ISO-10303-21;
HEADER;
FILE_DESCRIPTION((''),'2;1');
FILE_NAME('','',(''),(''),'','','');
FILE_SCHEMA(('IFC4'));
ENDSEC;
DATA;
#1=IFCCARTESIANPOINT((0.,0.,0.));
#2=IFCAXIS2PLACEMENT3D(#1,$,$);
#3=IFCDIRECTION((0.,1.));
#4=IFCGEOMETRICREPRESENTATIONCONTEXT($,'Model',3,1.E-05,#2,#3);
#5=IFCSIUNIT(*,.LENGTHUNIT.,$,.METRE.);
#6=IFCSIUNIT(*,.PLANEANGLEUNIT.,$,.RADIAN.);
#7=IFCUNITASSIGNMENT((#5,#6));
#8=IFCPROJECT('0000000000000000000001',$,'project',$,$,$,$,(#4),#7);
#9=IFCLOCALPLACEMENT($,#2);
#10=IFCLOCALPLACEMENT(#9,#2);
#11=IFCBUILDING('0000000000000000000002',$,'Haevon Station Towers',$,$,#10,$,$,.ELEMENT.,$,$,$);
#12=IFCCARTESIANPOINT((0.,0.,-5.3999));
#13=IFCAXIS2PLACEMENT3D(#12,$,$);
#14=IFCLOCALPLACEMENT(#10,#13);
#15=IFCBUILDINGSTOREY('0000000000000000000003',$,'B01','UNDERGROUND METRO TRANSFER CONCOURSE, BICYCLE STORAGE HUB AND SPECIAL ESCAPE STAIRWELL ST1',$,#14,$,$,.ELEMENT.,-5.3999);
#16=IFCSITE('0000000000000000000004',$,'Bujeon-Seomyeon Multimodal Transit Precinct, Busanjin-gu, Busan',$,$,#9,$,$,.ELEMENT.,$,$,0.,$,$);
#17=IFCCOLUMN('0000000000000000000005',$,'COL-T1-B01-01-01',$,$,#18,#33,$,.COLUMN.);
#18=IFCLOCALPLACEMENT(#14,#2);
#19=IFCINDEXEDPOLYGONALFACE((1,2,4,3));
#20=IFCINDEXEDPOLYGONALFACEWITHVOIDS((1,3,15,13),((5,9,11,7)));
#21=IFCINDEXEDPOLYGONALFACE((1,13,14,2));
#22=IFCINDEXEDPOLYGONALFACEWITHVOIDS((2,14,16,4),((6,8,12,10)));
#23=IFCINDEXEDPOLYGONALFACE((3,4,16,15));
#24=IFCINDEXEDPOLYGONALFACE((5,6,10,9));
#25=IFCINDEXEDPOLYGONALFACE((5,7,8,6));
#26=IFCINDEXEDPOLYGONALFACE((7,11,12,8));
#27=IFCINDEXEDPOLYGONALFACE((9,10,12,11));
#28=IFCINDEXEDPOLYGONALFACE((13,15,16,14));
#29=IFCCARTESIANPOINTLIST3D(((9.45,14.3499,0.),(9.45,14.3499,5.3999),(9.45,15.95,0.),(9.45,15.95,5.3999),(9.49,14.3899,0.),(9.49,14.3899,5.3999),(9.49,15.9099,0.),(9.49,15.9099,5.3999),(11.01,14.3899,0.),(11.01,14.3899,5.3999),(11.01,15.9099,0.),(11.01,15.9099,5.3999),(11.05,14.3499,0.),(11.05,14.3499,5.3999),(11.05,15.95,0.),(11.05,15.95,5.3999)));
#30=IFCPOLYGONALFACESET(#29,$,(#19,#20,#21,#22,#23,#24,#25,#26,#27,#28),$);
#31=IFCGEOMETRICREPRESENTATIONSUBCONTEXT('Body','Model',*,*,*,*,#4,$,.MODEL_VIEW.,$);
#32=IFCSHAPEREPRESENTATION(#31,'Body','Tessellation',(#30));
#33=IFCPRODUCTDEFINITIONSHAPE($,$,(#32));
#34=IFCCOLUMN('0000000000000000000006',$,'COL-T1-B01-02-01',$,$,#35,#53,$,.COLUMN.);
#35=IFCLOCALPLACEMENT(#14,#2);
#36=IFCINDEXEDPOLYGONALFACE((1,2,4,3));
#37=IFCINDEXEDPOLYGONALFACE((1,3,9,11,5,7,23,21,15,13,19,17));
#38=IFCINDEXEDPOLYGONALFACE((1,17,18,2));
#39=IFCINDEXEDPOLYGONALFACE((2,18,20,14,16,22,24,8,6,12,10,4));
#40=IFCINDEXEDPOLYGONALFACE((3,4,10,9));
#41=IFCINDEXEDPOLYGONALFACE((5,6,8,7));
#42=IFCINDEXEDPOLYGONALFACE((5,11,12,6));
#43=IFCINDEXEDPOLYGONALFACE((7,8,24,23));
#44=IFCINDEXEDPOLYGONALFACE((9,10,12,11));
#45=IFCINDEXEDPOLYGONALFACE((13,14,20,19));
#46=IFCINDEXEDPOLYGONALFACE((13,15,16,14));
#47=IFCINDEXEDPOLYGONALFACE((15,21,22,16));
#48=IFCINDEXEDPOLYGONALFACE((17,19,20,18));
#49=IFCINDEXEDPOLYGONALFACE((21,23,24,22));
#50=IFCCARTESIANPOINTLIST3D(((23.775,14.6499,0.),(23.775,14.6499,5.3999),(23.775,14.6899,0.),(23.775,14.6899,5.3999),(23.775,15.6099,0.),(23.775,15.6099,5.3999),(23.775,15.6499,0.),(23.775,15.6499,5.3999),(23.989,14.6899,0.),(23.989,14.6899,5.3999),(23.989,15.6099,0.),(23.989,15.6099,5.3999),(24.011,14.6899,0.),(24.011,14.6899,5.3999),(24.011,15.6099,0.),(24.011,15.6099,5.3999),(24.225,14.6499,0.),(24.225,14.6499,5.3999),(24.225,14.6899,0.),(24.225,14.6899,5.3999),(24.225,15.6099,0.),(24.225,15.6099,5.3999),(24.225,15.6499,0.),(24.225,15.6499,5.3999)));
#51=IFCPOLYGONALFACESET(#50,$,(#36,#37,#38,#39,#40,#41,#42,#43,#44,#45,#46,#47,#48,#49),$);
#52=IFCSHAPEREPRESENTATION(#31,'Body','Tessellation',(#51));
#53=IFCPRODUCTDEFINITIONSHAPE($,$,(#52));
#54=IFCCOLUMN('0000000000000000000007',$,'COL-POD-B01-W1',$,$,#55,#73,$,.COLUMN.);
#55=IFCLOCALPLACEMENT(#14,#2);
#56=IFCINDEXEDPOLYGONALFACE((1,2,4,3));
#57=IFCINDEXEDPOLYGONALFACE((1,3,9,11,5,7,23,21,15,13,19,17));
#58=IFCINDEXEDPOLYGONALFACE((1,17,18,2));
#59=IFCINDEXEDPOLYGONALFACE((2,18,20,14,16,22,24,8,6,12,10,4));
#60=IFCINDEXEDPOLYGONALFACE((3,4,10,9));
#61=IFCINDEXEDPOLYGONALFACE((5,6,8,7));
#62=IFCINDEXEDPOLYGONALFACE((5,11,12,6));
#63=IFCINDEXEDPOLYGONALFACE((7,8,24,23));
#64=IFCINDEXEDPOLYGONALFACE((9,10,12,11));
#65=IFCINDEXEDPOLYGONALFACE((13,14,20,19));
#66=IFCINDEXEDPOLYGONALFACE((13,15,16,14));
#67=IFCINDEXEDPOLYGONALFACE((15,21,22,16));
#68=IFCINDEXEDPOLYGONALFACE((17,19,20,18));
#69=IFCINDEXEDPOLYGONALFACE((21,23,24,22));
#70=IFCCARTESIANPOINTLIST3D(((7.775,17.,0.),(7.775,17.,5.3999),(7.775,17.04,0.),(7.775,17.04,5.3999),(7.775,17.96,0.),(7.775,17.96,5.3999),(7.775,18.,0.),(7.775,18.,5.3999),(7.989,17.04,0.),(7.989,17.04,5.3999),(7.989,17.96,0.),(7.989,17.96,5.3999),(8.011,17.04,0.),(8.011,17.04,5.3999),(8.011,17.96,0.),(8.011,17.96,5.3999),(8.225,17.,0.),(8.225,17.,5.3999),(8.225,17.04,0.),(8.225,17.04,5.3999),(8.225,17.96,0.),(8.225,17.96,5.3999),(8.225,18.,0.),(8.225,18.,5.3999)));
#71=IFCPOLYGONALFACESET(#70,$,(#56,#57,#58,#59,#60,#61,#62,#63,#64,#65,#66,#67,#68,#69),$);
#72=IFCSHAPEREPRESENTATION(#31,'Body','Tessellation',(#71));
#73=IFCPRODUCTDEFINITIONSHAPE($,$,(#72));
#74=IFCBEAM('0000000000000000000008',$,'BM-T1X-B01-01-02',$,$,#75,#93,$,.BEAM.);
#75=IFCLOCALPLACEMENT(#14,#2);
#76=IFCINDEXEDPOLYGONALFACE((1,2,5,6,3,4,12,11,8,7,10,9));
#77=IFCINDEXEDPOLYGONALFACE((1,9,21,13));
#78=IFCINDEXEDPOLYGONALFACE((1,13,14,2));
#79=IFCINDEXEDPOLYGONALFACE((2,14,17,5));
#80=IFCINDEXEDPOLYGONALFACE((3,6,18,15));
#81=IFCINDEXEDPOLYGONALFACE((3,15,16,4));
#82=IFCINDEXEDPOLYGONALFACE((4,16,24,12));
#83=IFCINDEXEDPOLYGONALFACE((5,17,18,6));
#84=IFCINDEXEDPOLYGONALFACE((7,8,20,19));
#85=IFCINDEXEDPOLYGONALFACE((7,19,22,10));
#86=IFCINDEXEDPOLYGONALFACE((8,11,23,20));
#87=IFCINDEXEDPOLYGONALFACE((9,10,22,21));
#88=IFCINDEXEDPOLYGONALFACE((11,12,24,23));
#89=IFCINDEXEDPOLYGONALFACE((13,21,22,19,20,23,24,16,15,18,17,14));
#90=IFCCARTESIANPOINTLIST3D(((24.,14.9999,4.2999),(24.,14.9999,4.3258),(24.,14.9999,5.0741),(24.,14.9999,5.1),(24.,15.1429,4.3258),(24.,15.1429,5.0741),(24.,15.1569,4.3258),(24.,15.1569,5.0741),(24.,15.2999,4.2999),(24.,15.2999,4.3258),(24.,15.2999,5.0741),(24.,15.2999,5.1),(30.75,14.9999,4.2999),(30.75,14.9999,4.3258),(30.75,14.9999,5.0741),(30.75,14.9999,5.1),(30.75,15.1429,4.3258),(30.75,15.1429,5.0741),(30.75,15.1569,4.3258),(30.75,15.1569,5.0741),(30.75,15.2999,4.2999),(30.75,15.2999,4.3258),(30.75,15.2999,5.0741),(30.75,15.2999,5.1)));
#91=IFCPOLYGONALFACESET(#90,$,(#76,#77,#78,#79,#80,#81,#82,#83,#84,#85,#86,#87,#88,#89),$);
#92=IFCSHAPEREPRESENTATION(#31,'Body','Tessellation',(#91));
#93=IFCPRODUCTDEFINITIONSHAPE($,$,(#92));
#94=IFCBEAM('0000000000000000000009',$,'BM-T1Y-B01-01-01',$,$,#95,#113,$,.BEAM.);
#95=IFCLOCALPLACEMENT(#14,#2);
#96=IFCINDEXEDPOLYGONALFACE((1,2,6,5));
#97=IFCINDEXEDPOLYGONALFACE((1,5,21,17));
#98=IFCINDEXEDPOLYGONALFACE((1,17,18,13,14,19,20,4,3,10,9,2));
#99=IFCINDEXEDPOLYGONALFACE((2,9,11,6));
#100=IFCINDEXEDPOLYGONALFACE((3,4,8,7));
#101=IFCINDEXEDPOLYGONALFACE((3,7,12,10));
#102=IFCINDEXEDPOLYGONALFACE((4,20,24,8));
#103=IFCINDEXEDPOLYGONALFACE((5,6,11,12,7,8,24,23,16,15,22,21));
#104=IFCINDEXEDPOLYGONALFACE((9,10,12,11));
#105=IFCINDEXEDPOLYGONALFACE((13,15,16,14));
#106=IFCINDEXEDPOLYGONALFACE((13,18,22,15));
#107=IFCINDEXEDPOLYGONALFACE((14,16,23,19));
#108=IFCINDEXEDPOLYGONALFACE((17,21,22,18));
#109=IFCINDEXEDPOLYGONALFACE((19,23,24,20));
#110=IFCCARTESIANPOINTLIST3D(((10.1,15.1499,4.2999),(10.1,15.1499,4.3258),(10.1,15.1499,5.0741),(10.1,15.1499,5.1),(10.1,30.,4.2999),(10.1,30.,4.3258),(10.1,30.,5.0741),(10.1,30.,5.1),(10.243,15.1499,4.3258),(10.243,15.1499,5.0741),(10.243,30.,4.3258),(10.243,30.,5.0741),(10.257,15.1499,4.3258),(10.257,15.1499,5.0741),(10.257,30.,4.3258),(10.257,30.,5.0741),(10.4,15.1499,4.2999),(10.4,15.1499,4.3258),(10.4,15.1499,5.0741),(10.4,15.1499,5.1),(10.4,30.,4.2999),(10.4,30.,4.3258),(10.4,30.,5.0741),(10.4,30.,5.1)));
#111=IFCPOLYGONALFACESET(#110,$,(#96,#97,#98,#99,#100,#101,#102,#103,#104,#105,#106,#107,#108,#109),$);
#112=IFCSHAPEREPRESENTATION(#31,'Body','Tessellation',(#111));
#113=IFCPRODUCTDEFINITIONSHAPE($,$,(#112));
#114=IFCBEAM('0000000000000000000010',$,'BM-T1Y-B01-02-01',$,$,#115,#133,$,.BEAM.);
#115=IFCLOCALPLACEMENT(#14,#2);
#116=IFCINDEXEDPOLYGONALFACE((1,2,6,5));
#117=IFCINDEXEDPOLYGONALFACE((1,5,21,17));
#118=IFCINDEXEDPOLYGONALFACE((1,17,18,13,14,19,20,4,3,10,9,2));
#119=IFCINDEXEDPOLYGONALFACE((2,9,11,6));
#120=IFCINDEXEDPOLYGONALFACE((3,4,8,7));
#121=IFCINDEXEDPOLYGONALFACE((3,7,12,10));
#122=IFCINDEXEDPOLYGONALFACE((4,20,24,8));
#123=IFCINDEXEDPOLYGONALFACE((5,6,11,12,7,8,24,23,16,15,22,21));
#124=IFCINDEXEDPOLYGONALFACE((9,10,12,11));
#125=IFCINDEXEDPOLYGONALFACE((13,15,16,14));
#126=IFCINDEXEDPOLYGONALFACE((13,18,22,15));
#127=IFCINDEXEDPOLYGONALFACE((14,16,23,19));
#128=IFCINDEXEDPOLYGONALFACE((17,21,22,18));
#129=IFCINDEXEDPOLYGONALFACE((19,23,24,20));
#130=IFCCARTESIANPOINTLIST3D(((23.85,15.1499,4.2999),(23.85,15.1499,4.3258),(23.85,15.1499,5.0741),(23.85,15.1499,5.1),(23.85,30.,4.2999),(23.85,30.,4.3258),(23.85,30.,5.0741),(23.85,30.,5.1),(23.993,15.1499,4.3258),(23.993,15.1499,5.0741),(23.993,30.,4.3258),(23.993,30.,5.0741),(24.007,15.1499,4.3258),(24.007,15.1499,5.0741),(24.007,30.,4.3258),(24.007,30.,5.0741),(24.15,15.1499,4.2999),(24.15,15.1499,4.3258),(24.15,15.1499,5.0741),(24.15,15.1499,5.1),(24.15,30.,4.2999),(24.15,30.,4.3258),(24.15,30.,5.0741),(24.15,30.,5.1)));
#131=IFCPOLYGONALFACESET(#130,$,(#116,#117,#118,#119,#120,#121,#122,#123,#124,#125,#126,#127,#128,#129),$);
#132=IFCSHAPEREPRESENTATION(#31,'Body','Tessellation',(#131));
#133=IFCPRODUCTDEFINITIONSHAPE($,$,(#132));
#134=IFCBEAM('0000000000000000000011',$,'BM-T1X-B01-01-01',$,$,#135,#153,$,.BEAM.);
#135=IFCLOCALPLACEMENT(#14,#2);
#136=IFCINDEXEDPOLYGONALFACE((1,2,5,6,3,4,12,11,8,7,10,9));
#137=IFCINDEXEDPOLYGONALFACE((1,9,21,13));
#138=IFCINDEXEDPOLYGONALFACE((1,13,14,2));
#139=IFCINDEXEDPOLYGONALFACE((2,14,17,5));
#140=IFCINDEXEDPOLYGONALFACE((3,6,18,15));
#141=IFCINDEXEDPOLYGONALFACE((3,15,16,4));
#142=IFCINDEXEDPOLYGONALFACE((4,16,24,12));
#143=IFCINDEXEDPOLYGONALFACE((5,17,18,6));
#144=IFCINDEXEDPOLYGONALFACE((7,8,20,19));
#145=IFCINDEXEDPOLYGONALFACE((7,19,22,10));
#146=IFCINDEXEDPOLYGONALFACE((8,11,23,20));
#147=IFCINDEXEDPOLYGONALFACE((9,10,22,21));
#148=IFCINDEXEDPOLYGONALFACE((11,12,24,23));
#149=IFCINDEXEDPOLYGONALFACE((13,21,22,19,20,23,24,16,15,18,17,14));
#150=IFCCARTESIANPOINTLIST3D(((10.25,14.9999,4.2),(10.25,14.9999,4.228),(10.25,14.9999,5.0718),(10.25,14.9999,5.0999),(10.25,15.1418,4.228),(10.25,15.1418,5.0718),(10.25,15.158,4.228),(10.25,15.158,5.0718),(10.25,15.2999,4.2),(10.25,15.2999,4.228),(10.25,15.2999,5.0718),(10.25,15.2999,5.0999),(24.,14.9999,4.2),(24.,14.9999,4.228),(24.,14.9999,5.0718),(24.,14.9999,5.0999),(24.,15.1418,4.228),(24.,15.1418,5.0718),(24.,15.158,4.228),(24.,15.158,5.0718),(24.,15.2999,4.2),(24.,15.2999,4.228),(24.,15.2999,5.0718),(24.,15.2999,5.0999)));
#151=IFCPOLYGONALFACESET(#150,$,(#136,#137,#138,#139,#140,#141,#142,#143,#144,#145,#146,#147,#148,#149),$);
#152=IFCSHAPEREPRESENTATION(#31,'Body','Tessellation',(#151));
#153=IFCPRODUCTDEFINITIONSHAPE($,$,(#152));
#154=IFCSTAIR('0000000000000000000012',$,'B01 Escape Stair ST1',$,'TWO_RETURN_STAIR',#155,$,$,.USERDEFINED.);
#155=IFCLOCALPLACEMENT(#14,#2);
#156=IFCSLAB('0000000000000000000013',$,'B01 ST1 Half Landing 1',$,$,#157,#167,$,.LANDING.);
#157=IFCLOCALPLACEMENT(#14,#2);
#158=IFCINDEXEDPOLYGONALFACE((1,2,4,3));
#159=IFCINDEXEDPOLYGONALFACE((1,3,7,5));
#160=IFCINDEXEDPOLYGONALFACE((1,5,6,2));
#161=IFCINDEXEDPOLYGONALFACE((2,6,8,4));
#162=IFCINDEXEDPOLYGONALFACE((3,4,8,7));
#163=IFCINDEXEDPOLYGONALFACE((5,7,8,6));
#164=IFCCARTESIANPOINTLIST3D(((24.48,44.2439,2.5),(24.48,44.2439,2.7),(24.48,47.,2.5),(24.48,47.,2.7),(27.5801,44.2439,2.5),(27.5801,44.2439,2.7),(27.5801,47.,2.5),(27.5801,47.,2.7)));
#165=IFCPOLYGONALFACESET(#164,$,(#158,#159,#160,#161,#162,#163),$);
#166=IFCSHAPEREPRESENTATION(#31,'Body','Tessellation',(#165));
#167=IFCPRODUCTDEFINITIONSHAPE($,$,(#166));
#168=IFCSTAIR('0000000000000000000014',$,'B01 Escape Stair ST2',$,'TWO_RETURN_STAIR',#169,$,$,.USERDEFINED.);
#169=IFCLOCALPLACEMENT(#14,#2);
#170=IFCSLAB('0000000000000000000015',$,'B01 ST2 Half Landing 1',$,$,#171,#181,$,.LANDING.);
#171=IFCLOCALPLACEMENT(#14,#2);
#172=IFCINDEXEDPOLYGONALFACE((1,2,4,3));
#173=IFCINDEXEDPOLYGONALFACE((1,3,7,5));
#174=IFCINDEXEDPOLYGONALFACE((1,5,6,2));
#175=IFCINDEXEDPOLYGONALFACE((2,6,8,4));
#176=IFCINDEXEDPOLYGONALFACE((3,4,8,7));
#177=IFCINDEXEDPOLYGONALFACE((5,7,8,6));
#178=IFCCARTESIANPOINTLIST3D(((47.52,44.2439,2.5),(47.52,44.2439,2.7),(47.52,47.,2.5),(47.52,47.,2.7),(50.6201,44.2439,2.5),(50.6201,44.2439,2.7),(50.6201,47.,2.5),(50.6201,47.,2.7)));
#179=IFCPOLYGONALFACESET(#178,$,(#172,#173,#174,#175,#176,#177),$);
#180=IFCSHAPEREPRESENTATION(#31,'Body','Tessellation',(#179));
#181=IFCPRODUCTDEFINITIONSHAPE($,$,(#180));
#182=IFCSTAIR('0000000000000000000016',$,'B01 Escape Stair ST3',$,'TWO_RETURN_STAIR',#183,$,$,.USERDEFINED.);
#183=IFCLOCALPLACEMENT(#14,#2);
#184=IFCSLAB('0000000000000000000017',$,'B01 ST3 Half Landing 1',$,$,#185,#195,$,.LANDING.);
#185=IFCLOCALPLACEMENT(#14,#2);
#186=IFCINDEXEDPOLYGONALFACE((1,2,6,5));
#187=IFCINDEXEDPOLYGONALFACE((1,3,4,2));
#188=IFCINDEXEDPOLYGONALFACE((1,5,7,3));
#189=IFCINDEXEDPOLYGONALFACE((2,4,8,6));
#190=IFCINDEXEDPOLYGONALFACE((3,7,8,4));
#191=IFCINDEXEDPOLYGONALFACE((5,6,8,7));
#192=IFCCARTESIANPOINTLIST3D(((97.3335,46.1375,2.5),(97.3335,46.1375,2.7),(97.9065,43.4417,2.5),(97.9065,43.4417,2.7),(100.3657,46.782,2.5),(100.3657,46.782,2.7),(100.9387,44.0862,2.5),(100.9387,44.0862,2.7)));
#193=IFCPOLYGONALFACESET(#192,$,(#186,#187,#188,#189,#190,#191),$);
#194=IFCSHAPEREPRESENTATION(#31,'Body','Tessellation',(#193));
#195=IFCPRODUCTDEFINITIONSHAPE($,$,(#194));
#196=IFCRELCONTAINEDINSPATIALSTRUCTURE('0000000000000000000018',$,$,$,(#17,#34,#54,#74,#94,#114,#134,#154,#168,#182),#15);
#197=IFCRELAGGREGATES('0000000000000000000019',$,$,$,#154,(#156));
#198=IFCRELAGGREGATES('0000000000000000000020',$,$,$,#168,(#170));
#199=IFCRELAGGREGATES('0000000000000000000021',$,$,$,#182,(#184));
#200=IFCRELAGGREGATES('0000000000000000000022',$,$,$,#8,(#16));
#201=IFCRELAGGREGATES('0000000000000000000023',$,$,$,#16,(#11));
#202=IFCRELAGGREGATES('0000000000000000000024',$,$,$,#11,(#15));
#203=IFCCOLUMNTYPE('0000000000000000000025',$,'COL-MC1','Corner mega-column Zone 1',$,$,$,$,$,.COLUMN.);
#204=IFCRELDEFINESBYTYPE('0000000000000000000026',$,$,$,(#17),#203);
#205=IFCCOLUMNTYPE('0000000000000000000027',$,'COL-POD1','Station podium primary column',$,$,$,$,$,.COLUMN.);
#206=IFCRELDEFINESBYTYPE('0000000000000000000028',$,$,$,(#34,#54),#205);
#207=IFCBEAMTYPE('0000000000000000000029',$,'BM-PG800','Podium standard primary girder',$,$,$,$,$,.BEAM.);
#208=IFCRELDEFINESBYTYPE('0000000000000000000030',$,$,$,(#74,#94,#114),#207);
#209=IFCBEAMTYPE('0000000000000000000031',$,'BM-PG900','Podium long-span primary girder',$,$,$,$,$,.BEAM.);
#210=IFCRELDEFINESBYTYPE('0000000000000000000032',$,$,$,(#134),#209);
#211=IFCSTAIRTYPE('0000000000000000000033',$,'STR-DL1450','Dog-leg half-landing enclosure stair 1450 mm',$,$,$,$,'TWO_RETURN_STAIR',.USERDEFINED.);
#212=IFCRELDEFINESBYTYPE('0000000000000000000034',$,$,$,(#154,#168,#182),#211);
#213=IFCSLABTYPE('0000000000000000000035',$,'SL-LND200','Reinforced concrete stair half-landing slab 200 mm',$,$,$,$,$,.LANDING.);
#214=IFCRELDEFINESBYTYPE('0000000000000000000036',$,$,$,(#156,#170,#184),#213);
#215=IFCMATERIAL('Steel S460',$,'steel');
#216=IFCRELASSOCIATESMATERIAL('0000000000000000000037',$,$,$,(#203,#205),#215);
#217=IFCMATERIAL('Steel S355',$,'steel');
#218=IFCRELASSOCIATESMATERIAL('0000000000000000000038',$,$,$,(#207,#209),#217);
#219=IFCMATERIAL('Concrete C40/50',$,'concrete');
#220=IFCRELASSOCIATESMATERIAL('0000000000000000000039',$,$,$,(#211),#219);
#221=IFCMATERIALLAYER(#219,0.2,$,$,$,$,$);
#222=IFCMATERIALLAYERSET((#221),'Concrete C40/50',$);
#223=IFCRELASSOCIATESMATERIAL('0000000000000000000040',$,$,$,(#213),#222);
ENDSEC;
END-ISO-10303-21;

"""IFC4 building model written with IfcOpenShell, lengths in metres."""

from ifc_helpers import new_model, si_unit, direction, frame, origin, origin_2d, place, context, subcontext, project, spatial, polyline, hollow_rectangle, i_section, outline, extrude, material, layer, layer_set, material_profile, profile_set, type_object, element, aggregate, save


model = new_model("IFC4")

# Units and contexts
model_context = context("Model", 3, precision=1e-05, world=origin(), true_north=direction((0.0, 1.0)))
body_context = subcontext(model_context, "Body", "Model", "MODEL_VIEW")
ifc_project = project(units=[si_unit("LENGTHUNIT", "METRE"), si_unit("PLANEANGLEUNIT", "RADIAN")], contexts=[model_context])

# Site, building, storey
site_placement = place(None, origin())
site = spatial("IfcSite", under=ifc_project, at=site_placement, Name="Bujeon-Seomyeon Multimodal Transit Precinct, Busanjin-gu, Busan", CompositionType="ELEMENT", RefElevation=0.0)
building_placement = place(site_placement, origin())
building = spatial("IfcBuilding", under=site, at=building_placement, Name="Haevon Station Towers", CompositionType="ELEMENT")
storey_placement = place(building_placement, frame((0.0, 0.0, -5.3999)))
storey = spatial("IfcBuildingStorey", under=building, at=storey_placement, Name="B01", Description="UNDERGROUND METRO TRANSFER CONCOURSE, BICYCLE STORAGE HUB AND SPECIAL ESCAPE STAIRWELL ST1", CompositionType="ELEMENT", Elevation=-5.3999)

# Columns
ifc_material_1 = material(Name="Steel S460", Category="steel")
ifc_material_profile_1 = material_profile(ifc_material_1, hollow_rectangle(XDim=1.6001, YDim=1.6001, WallThickness=0.04, at=origin_2d()), Name="BOX-1600x1600x40")
ifc_profile_set_1 = profile_set([ifc_material_profile_1], Name="Steel S460")
column_type_1 = type_object("IfcColumnType", Name="COL-MC1", Description="Corner mega-column Zone 1", PredefinedType="COLUMN", material=ifc_profile_set_1)
column_placement = place(storey_placement, frame((10.25, 15.1499, 0.0), z_axis=(0.0, 0.0, 1.0), x_axis=(1.0, 0.0, 0.0)))
element("IfcColumn", 1, at=column_placement, inside=storey, type_object=column_type_1, Name="COL-T1-B01-01-01", PredefinedType="COLUMN", context=body_context, shape_type="SweptSolid", body=[
    extrude(hollow_rectangle(XDim=1.6001, YDim=1.6001, WallThickness=0.04, at=origin_2d()), origin(), (0.0, 0.0, 1.0), 5.3999),
])
ifc_material_profile_2 = material_profile(ifc_material_1, i_section(OverallWidth=0.45, OverallDepth=1.0, WebThickness=0.022, FlangeThickness=0.04, at=origin_2d()), Name="H-1000x450x22x40")
ifc_profile_set_2 = profile_set([ifc_material_profile_2], Name="Steel S460")
column_type_2 = type_object("IfcColumnType", Name="COL-POD1", Description="Station podium primary column", PredefinedType="COLUMN", material=ifc_profile_set_2)
for number, where, z_axis, x_axis, name in (
    (2, (24.0, 15.1499, 0.0), (0.0, 0.0, 1.0), (1.0, 0.0, 0.0), "COL-T1-B01-02-01"),
    (3, (8.0, 17.5, 0.0), (0.0, 0.0, 1.0), (1.0, 0.0, 0.0), "COL-POD-B01-W1"),
):
    element("IfcColumn", number, at=place(storey_placement, frame(where, z_axis=z_axis, x_axis=x_axis)), inside=storey, type_object=column_type_2, Name=name, PredefinedType="COLUMN", context=body_context, shape_type="SweptSolid", body=[
        extrude(i_section(OverallWidth=0.45, OverallDepth=1.0, WebThickness=0.022, FlangeThickness=0.04, at=origin_2d()), origin(), (0.0, 0.0, 1.0), 5.3999),
    ])

# Beams
ifc_material_2 = material(Name="Steel S355", Category="steel")
ifc_material_profile_3 = material_profile(ifc_material_2, i_section(OverallWidth=0.3, OverallDepth=0.8, WebThickness=0.0139, FlangeThickness=0.0259, at=origin_2d()), Name="H-800x300x14x26")
ifc_profile_set_3 = profile_set([ifc_material_profile_3], Name="Steel S355")
beam_type_1 = type_object("IfcBeamType", Name="BM-PG800", Description="Podium standard primary girder", PredefinedType="BEAM", material=ifc_profile_set_3)
beam_1_placement = place(storey_placement, frame((24.0, 15.1499, 4.7), z_axis=(1.0, 0.0, 0.0), x_axis=(0.0, 1.0, 0.0)))
element("IfcBeam", 4, at=beam_1_placement, inside=storey, type_object=beam_type_1, Name="BM-T1X-B01-01-02", PredefinedType="BEAM", context=body_context, shape_type="SweptSolid", body=[
    extrude(i_section(OverallWidth=0.3, OverallDepth=0.8, WebThickness=0.0139, FlangeThickness=0.0259, at=origin_2d()), origin(), (0.0, 0.0, 1.0), 6.75),
])
for number, where, z_axis, x_axis, name in (
    (5, (10.25, 15.1499, 4.7), (0.0, 1.0, 0.0), (-1.0, 0.0, 0.0), "BM-T1Y-B01-01-01"),
    (6, (24.0, 15.1499, 4.7), (0.0, 1.0, 0.0), (-1.0, 0.0, 0.0), "BM-T1Y-B01-02-01"),
):
    element("IfcBeam", number, at=place(storey_placement, frame(where, z_axis=z_axis, x_axis=x_axis)), inside=storey, type_object=beam_type_1, Name=name, PredefinedType="BEAM", context=body_context, shape_type="SweptSolid", body=[
        extrude(i_section(OverallWidth=0.3, OverallDepth=0.8, WebThickness=0.0139, FlangeThickness=0.0259, at=origin_2d()), origin(), (0.0, 0.0, 1.0), 14.8501),
    ])
ifc_material_profile_4 = material_profile(ifc_material_2, i_section(OverallWidth=0.3, OverallDepth=0.8999, WebThickness=0.0161, FlangeThickness=0.0281, at=origin_2d()), Name="H-900x300x16x28")
ifc_profile_set_4 = profile_set([ifc_material_profile_4], Name="Steel S355")
beam_type_2 = type_object("IfcBeamType", Name="BM-PG900", Description="Podium long-span primary girder", PredefinedType="BEAM", material=ifc_profile_set_4)
beam_2_placement = place(storey_placement, frame((10.25, 15.1499, 4.6499), z_axis=(1.0, 0.0, 0.0), x_axis=(0.0, 1.0, 0.0)))
element("IfcBeam", 7, at=beam_2_placement, inside=storey, type_object=beam_type_2, Name="BM-T1X-B01-01-01", PredefinedType="BEAM", context=body_context, shape_type="SweptSolid", body=[
    extrude(i_section(OverallWidth=0.3, OverallDepth=0.8999, WebThickness=0.0161, FlangeThickness=0.0281, at=origin_2d()), origin(), (0.0, 0.0, 1.0), 13.75),
])

# Stairs, slabs
ifc_material_3 = material(Name="Concrete C40/50", Category="concrete")
stair_type_1 = type_object("IfcStairType", Name="STR-DL1450", Description="Dog-leg half-landing enclosure stair 1450 mm", ElementType="TWO_RETURN_STAIR", PredefinedType="USERDEFINED", material=ifc_material_3)
stair_1_placement = place(storey_placement, origin())
stair_1 = element("IfcStair", 8, at=stair_1_placement, inside=storey, type_object=stair_type_1, Name="B01 Escape Stair ST1", ObjectType="TWO_RETURN_STAIR", PredefinedType="USERDEFINED")
ifc_layer_1 = layer(ifc_material_3, 0.2)
ifc_layer_set_1 = layer_set([ifc_layer_1], Name="Concrete C40/50")
slab_type_1 = type_object("IfcSlabType", Name="SL-LND200", Description="Reinforced concrete stair half-landing slab 200 mm", PredefinedType="LANDING", material=ifc_layer_set_1)
slab_1_placement = place(storey_placement, frame((0.0, 0.0, 2.5)))
slab_1 = element("IfcSlab", 9, at=slab_1_placement, type_object=slab_type_1, Name="B01 ST1 Half Landing 1", PredefinedType="LANDING", context=body_context, shape_type="SweptSolid", body=[
    extrude(outline(polyline([(27.5801, 44.2439), (27.5801, 47.0), (24.48, 47.0), (24.48, 44.2439), (27.5801, 44.2439)])), origin(), (0.0, 0.0, 1.0), 0.2),
])
aggregate(stair_1, [slab_1])
stair_2_placement = place(storey_placement, origin())
stair_2 = element("IfcStair", 10, at=stair_2_placement, inside=storey, type_object=stair_type_1, Name="B01 Escape Stair ST2", ObjectType="TWO_RETURN_STAIR", PredefinedType="USERDEFINED")
slab_2_placement = place(storey_placement, frame((0.0, 0.0, 2.5)))
slab_2 = element("IfcSlab", 11, at=slab_2_placement, type_object=slab_type_1, Name="B01 ST2 Half Landing 1", PredefinedType="LANDING", context=body_context, shape_type="SweptSolid", body=[
    extrude(outline(polyline([(50.6201, 44.2439), (50.6201, 47.0), (47.52, 47.0), (47.52, 44.2439), (50.6201, 44.2439)])), origin(), (0.0, 0.0, 1.0), 0.2),
])
aggregate(stair_2, [slab_2])
stair_3_placement = place(storey_placement, origin())
stair_3 = element("IfcStair", 12, at=stair_3_placement, inside=storey, type_object=stair_type_1, Name="B01 Escape Stair ST3", ObjectType="TWO_RETURN_STAIR", PredefinedType="USERDEFINED")
slab_3_placement = place(storey_placement, frame((0.0, 0.0, 2.5)))
slab_3 = element("IfcSlab", 13, at=slab_3_placement, type_object=slab_type_1, Name="B01 ST3 Half Landing 1", PredefinedType="LANDING", context=body_context, shape_type="SweptSolid", body=[
    extrude(outline(polyline([(100.9387, 44.0862), (100.3657, 46.782), (97.3335, 46.1375), (97.9065, 43.4417), (100.9387, 44.0862)])), origin(), (0.0, 0.0, 1.0), 0.2),
])
aggregate(stair_3, [slab_3])

save(model, "model.ifc")
